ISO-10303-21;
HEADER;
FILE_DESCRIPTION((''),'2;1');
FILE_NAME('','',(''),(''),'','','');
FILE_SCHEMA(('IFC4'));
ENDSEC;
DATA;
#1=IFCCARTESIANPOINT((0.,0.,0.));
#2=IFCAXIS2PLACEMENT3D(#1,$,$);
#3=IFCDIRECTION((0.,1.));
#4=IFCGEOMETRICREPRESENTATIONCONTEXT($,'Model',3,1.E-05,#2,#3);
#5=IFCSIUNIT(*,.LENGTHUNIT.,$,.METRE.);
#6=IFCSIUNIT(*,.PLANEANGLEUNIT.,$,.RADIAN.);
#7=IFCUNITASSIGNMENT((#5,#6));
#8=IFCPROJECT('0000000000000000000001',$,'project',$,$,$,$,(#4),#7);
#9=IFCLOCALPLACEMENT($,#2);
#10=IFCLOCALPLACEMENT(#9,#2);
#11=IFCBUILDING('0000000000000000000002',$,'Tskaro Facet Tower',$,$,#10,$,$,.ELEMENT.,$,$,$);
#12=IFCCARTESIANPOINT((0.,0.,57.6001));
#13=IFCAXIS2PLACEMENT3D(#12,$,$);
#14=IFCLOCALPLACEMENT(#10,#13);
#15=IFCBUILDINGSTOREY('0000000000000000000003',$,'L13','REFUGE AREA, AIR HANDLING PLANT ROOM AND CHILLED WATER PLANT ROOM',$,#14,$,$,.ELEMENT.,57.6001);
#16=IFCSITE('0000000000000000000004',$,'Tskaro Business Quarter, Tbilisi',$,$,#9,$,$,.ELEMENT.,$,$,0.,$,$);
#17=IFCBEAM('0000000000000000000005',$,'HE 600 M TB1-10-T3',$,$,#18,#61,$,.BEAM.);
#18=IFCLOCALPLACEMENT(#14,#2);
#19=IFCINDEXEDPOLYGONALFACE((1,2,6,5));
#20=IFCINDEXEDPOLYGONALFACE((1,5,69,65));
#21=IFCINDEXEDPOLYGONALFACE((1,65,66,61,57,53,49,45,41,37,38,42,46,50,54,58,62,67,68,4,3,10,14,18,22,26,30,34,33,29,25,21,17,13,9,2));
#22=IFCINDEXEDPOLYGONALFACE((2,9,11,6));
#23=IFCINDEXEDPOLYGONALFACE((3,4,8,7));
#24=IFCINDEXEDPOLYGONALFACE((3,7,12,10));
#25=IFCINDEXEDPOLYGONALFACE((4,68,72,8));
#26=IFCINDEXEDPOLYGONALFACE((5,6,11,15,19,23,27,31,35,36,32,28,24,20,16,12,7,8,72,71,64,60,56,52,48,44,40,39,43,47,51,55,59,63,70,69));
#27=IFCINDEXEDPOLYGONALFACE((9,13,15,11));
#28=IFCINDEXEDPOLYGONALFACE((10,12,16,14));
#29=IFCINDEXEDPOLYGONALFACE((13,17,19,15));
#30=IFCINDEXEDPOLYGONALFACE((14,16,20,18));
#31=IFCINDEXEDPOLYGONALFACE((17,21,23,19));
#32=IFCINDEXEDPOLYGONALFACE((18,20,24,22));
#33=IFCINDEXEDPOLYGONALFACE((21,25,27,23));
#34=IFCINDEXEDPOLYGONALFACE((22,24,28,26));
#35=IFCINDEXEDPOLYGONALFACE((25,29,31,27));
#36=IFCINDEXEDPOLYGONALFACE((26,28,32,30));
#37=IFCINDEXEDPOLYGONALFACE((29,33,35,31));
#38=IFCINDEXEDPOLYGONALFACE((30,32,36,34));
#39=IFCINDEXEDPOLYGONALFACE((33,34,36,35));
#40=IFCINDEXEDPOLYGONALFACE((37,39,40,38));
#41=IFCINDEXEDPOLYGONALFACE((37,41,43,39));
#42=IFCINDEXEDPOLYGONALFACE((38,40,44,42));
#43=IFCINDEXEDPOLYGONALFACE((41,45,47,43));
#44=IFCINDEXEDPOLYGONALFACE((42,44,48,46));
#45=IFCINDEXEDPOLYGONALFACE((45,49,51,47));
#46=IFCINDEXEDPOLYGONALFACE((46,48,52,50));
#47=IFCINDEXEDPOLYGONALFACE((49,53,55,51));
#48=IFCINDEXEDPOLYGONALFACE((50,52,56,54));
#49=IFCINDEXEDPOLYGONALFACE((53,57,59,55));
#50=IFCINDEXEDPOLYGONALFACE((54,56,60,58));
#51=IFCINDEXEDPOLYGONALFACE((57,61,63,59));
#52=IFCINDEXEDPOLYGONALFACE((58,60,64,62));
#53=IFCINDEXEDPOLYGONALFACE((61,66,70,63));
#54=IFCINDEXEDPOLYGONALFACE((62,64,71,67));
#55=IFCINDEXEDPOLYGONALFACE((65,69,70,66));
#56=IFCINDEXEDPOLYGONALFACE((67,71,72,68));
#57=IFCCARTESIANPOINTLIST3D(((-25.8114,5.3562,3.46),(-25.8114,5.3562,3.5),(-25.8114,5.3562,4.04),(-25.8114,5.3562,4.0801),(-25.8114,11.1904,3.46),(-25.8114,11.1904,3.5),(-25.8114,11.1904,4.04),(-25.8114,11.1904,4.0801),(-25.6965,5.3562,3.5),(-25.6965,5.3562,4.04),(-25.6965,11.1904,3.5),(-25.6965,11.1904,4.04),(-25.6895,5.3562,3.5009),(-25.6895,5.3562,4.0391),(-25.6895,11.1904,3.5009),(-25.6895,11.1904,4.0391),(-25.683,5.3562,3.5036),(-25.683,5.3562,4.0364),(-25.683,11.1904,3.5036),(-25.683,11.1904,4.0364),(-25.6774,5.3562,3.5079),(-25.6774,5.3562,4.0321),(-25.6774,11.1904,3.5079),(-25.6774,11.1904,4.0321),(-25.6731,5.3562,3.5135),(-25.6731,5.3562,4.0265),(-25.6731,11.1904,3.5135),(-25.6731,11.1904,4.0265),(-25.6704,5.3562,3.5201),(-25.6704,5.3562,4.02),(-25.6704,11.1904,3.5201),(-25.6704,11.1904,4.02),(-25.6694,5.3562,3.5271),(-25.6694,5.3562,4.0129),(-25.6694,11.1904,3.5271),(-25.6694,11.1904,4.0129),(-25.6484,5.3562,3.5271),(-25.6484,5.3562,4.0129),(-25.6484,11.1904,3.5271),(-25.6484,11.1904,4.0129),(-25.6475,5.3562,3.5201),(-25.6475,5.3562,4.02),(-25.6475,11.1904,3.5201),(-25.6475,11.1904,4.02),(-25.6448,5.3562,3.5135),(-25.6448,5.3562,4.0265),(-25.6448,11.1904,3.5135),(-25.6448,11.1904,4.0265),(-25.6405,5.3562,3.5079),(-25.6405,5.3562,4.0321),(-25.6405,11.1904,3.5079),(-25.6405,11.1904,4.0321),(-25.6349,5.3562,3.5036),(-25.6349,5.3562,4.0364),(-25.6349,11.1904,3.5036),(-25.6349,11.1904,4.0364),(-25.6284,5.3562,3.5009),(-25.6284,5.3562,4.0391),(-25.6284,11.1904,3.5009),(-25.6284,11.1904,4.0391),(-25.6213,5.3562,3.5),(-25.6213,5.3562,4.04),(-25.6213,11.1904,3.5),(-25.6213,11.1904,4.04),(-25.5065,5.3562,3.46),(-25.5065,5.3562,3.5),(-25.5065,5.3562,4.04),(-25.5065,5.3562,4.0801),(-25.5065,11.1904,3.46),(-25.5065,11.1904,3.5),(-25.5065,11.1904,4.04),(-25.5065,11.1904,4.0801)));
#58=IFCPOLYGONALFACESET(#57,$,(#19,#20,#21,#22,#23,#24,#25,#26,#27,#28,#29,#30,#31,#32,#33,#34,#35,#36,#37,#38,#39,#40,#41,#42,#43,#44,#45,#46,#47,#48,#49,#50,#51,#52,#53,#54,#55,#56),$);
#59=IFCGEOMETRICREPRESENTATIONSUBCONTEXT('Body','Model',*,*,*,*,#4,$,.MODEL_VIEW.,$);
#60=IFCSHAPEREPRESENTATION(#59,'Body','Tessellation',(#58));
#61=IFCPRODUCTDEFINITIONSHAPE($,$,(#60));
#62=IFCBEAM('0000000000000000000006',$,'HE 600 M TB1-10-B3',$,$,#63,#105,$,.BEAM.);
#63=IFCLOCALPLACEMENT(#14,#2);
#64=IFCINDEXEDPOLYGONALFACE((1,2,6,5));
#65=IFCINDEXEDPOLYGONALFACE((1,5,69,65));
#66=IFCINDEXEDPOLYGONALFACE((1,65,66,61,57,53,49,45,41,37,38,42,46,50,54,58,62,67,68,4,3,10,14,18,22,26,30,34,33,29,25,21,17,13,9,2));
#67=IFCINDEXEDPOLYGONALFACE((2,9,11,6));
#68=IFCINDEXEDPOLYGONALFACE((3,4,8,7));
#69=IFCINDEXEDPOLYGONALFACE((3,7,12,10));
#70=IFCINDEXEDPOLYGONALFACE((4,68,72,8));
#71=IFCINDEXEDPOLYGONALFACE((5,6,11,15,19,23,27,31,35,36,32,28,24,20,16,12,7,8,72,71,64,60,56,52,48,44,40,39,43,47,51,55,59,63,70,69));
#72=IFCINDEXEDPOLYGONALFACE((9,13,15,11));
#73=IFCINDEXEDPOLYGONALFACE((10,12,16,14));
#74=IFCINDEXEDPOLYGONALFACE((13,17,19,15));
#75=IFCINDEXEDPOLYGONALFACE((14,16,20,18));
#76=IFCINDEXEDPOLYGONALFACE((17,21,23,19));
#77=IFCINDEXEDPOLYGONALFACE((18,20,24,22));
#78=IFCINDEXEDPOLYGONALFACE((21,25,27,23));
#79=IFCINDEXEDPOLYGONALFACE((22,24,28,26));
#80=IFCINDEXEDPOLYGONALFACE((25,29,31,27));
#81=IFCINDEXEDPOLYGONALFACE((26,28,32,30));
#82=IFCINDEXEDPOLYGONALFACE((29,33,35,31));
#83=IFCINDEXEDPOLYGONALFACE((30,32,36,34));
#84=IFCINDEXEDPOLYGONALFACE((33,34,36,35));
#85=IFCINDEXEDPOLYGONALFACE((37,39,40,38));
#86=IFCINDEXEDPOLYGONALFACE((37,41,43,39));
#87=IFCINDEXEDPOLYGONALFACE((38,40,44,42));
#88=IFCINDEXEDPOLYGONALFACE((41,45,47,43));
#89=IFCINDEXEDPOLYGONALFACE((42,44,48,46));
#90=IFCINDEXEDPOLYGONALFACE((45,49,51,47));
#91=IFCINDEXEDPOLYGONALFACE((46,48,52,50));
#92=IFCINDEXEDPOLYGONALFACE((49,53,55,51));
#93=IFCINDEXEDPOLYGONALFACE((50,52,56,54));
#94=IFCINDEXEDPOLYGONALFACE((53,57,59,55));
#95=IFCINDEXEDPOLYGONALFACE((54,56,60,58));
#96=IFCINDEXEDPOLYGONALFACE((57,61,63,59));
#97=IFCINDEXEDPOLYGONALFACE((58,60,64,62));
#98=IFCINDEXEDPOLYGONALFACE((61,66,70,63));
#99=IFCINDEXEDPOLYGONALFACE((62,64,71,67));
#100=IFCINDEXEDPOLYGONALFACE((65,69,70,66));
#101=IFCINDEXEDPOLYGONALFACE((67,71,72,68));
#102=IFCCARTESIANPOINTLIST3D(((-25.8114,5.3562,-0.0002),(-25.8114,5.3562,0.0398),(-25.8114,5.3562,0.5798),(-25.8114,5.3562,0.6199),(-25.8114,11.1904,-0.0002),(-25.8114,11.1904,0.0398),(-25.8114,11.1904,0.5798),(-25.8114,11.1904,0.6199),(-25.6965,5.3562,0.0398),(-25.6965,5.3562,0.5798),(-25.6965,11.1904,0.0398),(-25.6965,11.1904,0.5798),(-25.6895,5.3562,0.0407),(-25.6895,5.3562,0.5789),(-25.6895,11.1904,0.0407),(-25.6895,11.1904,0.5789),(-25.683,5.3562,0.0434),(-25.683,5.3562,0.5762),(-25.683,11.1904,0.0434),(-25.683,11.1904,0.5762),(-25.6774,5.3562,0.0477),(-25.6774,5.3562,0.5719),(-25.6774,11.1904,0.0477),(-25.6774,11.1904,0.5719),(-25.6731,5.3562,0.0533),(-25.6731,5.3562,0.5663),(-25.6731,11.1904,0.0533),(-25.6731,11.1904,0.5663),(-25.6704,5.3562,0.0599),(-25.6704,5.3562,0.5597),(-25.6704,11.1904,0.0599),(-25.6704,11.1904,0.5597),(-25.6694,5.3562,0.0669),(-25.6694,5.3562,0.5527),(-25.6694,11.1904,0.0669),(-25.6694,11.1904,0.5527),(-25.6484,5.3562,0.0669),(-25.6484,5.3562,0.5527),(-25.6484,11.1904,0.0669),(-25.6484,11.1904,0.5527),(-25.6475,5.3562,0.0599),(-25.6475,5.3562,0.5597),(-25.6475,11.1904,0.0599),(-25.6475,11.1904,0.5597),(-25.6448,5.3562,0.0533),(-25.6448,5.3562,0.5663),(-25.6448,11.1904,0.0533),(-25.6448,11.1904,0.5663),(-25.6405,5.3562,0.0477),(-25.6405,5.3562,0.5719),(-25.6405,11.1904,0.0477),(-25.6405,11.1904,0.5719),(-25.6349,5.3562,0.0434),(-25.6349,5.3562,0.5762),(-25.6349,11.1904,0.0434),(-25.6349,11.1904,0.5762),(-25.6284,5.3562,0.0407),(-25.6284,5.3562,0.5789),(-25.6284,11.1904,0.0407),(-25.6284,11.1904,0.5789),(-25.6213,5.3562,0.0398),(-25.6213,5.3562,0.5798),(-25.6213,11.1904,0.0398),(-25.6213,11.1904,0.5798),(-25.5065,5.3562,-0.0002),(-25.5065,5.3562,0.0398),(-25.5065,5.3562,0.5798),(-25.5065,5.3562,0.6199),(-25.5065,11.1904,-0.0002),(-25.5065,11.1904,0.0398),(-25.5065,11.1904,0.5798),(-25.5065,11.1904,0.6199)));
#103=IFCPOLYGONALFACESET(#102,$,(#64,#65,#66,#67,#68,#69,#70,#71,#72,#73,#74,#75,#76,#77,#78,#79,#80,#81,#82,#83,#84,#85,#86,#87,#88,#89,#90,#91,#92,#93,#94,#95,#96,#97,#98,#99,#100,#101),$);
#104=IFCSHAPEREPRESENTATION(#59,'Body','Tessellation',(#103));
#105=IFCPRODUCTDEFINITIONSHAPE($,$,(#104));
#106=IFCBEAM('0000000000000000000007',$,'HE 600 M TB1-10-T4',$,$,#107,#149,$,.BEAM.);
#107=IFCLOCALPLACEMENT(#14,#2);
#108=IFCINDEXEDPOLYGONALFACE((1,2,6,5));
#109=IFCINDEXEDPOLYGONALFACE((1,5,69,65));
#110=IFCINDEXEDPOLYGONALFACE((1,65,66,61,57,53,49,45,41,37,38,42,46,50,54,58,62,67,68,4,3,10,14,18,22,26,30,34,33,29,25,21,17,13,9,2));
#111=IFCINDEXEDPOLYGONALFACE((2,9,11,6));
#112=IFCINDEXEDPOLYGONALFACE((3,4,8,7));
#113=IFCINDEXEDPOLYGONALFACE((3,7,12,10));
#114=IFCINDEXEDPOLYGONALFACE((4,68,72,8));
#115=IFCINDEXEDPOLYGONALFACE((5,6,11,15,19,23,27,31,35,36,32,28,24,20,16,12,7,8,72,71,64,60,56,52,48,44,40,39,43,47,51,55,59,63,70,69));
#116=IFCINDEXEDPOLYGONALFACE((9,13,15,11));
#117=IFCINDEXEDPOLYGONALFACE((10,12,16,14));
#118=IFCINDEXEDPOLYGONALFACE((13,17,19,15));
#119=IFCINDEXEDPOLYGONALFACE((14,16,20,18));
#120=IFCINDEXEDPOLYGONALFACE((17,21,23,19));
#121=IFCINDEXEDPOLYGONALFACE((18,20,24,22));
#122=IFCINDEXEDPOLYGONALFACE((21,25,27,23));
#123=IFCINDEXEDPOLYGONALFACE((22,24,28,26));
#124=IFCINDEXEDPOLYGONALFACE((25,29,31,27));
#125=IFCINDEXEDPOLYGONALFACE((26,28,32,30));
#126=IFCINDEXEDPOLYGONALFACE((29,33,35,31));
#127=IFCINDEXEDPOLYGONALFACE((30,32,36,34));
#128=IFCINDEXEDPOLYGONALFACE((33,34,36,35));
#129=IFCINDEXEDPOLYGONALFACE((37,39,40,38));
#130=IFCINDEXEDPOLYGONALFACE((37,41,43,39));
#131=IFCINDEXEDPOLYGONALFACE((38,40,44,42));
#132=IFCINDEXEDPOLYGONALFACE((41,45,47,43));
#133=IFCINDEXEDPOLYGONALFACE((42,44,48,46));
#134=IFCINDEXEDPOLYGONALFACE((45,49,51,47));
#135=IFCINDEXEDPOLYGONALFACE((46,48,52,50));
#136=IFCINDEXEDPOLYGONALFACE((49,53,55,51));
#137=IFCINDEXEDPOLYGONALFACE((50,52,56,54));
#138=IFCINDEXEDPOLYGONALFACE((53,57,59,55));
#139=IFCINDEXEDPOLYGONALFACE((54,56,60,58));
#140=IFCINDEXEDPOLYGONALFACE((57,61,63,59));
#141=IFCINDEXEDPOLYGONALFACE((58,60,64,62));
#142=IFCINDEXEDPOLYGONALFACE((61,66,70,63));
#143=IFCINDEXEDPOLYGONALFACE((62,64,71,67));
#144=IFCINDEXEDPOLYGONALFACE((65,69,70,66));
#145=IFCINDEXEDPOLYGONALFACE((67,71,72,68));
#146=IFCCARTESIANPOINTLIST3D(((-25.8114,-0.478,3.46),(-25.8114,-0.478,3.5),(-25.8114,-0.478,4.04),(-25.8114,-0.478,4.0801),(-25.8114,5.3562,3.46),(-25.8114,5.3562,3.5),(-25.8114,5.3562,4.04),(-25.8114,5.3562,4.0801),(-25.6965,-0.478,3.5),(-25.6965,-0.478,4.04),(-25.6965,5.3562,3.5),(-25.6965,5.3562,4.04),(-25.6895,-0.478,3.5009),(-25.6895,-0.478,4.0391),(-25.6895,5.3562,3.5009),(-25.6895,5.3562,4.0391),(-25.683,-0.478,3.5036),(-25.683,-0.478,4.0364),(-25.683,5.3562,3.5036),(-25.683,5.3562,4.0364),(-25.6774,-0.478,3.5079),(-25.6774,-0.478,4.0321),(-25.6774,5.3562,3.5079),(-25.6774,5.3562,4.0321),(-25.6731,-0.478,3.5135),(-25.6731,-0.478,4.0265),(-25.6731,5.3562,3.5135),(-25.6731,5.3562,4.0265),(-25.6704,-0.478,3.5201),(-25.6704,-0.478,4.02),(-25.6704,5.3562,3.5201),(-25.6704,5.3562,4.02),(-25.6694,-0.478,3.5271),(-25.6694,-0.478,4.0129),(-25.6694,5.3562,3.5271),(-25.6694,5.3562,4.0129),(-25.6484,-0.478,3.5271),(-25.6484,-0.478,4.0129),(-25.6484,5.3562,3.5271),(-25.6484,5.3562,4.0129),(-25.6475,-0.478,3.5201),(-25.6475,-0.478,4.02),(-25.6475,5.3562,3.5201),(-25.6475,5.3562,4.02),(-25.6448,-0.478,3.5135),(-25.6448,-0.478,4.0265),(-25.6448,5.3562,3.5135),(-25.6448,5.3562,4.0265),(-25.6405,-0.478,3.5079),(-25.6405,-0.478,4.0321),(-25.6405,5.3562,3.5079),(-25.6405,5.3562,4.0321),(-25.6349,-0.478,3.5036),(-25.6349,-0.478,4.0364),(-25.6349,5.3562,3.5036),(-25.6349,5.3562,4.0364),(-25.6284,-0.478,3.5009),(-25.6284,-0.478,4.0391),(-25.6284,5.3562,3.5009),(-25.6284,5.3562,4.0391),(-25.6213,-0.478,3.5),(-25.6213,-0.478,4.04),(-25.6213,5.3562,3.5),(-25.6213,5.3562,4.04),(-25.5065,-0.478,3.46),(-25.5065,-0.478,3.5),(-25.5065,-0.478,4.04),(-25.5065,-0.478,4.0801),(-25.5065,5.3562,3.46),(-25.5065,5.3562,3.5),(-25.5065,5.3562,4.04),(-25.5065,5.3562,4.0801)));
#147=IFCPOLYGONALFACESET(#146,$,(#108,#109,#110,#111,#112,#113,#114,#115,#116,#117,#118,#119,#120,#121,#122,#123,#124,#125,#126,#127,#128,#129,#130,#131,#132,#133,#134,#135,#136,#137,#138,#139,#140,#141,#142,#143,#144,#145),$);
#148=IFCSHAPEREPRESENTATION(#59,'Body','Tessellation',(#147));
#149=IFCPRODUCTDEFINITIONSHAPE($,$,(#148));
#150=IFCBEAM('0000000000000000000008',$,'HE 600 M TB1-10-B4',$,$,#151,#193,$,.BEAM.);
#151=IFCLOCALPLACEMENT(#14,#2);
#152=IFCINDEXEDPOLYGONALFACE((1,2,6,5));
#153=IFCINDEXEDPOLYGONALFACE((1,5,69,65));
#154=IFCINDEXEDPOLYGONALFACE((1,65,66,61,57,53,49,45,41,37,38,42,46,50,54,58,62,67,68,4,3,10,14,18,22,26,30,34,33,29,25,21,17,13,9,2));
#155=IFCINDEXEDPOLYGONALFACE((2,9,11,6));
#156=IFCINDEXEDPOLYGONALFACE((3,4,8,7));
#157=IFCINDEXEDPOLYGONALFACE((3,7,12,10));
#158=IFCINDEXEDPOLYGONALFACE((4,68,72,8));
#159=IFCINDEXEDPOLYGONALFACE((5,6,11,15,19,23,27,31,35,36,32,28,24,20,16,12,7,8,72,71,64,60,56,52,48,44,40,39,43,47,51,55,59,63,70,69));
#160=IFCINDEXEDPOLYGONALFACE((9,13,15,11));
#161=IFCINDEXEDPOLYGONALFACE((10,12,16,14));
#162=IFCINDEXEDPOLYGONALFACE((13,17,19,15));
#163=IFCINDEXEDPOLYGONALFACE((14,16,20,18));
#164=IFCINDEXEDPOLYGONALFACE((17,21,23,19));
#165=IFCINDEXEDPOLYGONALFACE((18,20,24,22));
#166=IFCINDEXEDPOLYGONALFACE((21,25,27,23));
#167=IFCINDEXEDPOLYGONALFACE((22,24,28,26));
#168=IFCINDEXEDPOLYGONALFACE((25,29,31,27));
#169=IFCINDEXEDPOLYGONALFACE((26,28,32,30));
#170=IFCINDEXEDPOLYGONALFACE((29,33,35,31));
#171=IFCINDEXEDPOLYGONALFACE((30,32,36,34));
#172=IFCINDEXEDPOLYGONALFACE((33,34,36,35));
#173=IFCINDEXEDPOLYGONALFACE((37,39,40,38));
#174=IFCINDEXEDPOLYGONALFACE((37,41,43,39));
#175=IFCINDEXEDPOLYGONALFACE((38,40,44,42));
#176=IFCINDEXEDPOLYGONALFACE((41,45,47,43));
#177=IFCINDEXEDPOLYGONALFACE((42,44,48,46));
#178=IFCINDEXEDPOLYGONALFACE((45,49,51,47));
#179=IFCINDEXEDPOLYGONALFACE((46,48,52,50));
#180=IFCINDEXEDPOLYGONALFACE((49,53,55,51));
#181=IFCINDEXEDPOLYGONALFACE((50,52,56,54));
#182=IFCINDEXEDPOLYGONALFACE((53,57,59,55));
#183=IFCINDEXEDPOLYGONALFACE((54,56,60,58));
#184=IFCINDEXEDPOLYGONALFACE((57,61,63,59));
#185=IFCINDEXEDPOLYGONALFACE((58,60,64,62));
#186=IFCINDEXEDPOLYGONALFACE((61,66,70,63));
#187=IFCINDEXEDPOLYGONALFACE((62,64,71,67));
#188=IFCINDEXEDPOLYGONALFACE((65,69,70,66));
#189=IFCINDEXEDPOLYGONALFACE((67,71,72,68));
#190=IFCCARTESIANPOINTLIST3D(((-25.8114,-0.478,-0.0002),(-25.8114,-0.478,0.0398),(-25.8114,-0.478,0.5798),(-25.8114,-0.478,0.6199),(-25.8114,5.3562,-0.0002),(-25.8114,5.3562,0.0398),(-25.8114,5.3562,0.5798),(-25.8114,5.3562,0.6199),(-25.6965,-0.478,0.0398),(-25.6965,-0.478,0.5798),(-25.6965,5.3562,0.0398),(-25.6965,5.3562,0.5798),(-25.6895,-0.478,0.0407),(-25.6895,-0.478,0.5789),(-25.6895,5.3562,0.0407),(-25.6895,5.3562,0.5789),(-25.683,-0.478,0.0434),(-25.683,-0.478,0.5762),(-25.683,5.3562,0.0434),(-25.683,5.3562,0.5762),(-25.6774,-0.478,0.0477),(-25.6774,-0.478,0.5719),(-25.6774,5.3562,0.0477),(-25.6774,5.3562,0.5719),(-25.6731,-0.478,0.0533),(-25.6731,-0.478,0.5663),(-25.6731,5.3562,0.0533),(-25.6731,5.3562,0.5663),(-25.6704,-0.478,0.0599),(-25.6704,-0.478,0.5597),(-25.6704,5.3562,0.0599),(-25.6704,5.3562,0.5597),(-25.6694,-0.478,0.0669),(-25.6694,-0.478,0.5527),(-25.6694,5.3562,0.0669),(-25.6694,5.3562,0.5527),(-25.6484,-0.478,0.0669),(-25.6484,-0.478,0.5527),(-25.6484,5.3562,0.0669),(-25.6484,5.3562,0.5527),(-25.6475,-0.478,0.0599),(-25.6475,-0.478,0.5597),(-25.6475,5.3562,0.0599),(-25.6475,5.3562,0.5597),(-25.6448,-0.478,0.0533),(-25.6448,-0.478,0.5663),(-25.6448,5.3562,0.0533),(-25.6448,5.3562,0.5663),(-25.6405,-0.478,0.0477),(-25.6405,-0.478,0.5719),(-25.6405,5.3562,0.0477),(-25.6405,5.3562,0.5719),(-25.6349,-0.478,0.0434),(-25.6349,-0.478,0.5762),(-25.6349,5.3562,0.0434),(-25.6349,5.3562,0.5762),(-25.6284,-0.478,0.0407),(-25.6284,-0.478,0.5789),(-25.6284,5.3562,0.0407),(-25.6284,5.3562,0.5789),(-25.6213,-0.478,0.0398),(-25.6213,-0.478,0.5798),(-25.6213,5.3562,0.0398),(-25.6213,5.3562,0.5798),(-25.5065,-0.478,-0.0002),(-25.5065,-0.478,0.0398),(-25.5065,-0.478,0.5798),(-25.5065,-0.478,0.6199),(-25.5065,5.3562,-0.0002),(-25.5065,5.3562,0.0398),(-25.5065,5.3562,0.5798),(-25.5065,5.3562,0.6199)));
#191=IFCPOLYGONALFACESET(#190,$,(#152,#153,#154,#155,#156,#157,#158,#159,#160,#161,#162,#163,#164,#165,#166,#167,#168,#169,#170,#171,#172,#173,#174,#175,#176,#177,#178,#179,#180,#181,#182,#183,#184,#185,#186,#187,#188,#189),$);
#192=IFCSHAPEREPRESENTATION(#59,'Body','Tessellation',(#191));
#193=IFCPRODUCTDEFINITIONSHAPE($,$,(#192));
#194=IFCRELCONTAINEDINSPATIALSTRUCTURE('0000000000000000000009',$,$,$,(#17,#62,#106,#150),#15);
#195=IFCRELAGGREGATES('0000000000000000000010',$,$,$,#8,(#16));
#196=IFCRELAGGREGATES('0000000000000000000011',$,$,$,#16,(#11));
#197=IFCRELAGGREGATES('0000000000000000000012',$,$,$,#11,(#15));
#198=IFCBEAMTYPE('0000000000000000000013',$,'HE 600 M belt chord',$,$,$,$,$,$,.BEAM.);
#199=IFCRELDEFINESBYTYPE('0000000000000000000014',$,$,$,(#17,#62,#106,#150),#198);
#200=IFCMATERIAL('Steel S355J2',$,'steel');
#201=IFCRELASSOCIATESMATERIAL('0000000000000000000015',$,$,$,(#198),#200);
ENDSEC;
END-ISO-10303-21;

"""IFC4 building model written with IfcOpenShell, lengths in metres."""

from ifc_helpers import new_model, si_unit, direction, frame, origin, origin_2d, place, context, subcontext, project, spatial, i_section, extrude, material, material_profile, profile_set, type_object, element, save


model = new_model("IFC4")

# Units and contexts
model_context = context("Model", 3, precision=1e-05, world=origin(), true_north=direction((0.0, 1.0)))
body_context = subcontext(model_context, "Body", "Model", "MODEL_VIEW")
ifc_project = project(units=[si_unit("LENGTHUNIT", "METRE"), si_unit("PLANEANGLEUNIT", "RADIAN")], contexts=[model_context])

# Site, building, storey
site_placement = place(None, origin())
site = spatial("IfcSite", under=ifc_project, at=site_placement, Name="Tskaro Business Quarter, Tbilisi", CompositionType="ELEMENT", RefElevation=0.0)
building_placement = place(site_placement, origin())
building = spatial("IfcBuilding", under=site, at=building_placement, Name="Tskaro Facet Tower", CompositionType="ELEMENT")
storey_placement = place(building_placement, frame((0.0, 0.0, 57.6001)))
storey = spatial("IfcBuildingStorey", under=building, at=storey_placement, Name="L13", Description="REFUGE AREA, AIR HANDLING PLANT ROOM AND CHILLED WATER PLANT ROOM", CompositionType="ELEMENT", Elevation=57.6001)

# Shared definitions
ifc_material_1 = material(Name="Steel S355J2", Category="steel")

# Beams
ifc_material_profile_1 = material_profile(ifc_material_1, i_section(OverallWidth=0.3049, OverallDepth=0.6201, WebThickness=0.021, FlangeThickness=0.04, FilletRadius=0.0271, at=origin_2d()), Name="HE 600 M")
ifc_profile_set_1 = profile_set([ifc_material_profile_1], Name="Steel S355J2")
beam_type_1 = type_object("IfcBeamType", Name="HE 600 M belt chord", PredefinedType="BEAM", material=ifc_profile_set_1)
for number, where, z_axis, x_axis, name in (
    (1, (-25.6589, 11.1904, 3.77), (0.0, -1.0, 0.0), (1.0, 0.0, 0.0), "HE 600 M TB1-10-T3"),
    (2, (-25.6589, 11.1904, 0.3098), (0.0, -1.0, 0.0), (1.0, 0.0, 0.0), "HE 600 M TB1-10-B3"),
    (3, (-25.6589, 5.3562, 3.77), (0.0, -1.0, 0.0), (1.0, 0.0, 0.0), "HE 600 M TB1-10-T4"),
    (4, (-25.6589, 5.3562, 0.3098), (0.0, -1.0, 0.0), (1.0, 0.0, 0.0), "HE 600 M TB1-10-B4"),
):
    element("IfcBeam", number, at=place(storey_placement, frame(where, z_axis=z_axis, x_axis=x_axis)), inside=storey, type_object=beam_type_1, Name=name, PredefinedType="BEAM", context=body_context, shape_type="SweptSolid", body=[
        extrude(i_section(OverallWidth=0.3049, OverallDepth=0.6201, WebThickness=0.021, FlangeThickness=0.04, FilletRadius=0.0271, at=origin_2d()), origin(), (0.0, 0.0, 1.0), 5.8342),
    ])

save(model, "model.ifc")
